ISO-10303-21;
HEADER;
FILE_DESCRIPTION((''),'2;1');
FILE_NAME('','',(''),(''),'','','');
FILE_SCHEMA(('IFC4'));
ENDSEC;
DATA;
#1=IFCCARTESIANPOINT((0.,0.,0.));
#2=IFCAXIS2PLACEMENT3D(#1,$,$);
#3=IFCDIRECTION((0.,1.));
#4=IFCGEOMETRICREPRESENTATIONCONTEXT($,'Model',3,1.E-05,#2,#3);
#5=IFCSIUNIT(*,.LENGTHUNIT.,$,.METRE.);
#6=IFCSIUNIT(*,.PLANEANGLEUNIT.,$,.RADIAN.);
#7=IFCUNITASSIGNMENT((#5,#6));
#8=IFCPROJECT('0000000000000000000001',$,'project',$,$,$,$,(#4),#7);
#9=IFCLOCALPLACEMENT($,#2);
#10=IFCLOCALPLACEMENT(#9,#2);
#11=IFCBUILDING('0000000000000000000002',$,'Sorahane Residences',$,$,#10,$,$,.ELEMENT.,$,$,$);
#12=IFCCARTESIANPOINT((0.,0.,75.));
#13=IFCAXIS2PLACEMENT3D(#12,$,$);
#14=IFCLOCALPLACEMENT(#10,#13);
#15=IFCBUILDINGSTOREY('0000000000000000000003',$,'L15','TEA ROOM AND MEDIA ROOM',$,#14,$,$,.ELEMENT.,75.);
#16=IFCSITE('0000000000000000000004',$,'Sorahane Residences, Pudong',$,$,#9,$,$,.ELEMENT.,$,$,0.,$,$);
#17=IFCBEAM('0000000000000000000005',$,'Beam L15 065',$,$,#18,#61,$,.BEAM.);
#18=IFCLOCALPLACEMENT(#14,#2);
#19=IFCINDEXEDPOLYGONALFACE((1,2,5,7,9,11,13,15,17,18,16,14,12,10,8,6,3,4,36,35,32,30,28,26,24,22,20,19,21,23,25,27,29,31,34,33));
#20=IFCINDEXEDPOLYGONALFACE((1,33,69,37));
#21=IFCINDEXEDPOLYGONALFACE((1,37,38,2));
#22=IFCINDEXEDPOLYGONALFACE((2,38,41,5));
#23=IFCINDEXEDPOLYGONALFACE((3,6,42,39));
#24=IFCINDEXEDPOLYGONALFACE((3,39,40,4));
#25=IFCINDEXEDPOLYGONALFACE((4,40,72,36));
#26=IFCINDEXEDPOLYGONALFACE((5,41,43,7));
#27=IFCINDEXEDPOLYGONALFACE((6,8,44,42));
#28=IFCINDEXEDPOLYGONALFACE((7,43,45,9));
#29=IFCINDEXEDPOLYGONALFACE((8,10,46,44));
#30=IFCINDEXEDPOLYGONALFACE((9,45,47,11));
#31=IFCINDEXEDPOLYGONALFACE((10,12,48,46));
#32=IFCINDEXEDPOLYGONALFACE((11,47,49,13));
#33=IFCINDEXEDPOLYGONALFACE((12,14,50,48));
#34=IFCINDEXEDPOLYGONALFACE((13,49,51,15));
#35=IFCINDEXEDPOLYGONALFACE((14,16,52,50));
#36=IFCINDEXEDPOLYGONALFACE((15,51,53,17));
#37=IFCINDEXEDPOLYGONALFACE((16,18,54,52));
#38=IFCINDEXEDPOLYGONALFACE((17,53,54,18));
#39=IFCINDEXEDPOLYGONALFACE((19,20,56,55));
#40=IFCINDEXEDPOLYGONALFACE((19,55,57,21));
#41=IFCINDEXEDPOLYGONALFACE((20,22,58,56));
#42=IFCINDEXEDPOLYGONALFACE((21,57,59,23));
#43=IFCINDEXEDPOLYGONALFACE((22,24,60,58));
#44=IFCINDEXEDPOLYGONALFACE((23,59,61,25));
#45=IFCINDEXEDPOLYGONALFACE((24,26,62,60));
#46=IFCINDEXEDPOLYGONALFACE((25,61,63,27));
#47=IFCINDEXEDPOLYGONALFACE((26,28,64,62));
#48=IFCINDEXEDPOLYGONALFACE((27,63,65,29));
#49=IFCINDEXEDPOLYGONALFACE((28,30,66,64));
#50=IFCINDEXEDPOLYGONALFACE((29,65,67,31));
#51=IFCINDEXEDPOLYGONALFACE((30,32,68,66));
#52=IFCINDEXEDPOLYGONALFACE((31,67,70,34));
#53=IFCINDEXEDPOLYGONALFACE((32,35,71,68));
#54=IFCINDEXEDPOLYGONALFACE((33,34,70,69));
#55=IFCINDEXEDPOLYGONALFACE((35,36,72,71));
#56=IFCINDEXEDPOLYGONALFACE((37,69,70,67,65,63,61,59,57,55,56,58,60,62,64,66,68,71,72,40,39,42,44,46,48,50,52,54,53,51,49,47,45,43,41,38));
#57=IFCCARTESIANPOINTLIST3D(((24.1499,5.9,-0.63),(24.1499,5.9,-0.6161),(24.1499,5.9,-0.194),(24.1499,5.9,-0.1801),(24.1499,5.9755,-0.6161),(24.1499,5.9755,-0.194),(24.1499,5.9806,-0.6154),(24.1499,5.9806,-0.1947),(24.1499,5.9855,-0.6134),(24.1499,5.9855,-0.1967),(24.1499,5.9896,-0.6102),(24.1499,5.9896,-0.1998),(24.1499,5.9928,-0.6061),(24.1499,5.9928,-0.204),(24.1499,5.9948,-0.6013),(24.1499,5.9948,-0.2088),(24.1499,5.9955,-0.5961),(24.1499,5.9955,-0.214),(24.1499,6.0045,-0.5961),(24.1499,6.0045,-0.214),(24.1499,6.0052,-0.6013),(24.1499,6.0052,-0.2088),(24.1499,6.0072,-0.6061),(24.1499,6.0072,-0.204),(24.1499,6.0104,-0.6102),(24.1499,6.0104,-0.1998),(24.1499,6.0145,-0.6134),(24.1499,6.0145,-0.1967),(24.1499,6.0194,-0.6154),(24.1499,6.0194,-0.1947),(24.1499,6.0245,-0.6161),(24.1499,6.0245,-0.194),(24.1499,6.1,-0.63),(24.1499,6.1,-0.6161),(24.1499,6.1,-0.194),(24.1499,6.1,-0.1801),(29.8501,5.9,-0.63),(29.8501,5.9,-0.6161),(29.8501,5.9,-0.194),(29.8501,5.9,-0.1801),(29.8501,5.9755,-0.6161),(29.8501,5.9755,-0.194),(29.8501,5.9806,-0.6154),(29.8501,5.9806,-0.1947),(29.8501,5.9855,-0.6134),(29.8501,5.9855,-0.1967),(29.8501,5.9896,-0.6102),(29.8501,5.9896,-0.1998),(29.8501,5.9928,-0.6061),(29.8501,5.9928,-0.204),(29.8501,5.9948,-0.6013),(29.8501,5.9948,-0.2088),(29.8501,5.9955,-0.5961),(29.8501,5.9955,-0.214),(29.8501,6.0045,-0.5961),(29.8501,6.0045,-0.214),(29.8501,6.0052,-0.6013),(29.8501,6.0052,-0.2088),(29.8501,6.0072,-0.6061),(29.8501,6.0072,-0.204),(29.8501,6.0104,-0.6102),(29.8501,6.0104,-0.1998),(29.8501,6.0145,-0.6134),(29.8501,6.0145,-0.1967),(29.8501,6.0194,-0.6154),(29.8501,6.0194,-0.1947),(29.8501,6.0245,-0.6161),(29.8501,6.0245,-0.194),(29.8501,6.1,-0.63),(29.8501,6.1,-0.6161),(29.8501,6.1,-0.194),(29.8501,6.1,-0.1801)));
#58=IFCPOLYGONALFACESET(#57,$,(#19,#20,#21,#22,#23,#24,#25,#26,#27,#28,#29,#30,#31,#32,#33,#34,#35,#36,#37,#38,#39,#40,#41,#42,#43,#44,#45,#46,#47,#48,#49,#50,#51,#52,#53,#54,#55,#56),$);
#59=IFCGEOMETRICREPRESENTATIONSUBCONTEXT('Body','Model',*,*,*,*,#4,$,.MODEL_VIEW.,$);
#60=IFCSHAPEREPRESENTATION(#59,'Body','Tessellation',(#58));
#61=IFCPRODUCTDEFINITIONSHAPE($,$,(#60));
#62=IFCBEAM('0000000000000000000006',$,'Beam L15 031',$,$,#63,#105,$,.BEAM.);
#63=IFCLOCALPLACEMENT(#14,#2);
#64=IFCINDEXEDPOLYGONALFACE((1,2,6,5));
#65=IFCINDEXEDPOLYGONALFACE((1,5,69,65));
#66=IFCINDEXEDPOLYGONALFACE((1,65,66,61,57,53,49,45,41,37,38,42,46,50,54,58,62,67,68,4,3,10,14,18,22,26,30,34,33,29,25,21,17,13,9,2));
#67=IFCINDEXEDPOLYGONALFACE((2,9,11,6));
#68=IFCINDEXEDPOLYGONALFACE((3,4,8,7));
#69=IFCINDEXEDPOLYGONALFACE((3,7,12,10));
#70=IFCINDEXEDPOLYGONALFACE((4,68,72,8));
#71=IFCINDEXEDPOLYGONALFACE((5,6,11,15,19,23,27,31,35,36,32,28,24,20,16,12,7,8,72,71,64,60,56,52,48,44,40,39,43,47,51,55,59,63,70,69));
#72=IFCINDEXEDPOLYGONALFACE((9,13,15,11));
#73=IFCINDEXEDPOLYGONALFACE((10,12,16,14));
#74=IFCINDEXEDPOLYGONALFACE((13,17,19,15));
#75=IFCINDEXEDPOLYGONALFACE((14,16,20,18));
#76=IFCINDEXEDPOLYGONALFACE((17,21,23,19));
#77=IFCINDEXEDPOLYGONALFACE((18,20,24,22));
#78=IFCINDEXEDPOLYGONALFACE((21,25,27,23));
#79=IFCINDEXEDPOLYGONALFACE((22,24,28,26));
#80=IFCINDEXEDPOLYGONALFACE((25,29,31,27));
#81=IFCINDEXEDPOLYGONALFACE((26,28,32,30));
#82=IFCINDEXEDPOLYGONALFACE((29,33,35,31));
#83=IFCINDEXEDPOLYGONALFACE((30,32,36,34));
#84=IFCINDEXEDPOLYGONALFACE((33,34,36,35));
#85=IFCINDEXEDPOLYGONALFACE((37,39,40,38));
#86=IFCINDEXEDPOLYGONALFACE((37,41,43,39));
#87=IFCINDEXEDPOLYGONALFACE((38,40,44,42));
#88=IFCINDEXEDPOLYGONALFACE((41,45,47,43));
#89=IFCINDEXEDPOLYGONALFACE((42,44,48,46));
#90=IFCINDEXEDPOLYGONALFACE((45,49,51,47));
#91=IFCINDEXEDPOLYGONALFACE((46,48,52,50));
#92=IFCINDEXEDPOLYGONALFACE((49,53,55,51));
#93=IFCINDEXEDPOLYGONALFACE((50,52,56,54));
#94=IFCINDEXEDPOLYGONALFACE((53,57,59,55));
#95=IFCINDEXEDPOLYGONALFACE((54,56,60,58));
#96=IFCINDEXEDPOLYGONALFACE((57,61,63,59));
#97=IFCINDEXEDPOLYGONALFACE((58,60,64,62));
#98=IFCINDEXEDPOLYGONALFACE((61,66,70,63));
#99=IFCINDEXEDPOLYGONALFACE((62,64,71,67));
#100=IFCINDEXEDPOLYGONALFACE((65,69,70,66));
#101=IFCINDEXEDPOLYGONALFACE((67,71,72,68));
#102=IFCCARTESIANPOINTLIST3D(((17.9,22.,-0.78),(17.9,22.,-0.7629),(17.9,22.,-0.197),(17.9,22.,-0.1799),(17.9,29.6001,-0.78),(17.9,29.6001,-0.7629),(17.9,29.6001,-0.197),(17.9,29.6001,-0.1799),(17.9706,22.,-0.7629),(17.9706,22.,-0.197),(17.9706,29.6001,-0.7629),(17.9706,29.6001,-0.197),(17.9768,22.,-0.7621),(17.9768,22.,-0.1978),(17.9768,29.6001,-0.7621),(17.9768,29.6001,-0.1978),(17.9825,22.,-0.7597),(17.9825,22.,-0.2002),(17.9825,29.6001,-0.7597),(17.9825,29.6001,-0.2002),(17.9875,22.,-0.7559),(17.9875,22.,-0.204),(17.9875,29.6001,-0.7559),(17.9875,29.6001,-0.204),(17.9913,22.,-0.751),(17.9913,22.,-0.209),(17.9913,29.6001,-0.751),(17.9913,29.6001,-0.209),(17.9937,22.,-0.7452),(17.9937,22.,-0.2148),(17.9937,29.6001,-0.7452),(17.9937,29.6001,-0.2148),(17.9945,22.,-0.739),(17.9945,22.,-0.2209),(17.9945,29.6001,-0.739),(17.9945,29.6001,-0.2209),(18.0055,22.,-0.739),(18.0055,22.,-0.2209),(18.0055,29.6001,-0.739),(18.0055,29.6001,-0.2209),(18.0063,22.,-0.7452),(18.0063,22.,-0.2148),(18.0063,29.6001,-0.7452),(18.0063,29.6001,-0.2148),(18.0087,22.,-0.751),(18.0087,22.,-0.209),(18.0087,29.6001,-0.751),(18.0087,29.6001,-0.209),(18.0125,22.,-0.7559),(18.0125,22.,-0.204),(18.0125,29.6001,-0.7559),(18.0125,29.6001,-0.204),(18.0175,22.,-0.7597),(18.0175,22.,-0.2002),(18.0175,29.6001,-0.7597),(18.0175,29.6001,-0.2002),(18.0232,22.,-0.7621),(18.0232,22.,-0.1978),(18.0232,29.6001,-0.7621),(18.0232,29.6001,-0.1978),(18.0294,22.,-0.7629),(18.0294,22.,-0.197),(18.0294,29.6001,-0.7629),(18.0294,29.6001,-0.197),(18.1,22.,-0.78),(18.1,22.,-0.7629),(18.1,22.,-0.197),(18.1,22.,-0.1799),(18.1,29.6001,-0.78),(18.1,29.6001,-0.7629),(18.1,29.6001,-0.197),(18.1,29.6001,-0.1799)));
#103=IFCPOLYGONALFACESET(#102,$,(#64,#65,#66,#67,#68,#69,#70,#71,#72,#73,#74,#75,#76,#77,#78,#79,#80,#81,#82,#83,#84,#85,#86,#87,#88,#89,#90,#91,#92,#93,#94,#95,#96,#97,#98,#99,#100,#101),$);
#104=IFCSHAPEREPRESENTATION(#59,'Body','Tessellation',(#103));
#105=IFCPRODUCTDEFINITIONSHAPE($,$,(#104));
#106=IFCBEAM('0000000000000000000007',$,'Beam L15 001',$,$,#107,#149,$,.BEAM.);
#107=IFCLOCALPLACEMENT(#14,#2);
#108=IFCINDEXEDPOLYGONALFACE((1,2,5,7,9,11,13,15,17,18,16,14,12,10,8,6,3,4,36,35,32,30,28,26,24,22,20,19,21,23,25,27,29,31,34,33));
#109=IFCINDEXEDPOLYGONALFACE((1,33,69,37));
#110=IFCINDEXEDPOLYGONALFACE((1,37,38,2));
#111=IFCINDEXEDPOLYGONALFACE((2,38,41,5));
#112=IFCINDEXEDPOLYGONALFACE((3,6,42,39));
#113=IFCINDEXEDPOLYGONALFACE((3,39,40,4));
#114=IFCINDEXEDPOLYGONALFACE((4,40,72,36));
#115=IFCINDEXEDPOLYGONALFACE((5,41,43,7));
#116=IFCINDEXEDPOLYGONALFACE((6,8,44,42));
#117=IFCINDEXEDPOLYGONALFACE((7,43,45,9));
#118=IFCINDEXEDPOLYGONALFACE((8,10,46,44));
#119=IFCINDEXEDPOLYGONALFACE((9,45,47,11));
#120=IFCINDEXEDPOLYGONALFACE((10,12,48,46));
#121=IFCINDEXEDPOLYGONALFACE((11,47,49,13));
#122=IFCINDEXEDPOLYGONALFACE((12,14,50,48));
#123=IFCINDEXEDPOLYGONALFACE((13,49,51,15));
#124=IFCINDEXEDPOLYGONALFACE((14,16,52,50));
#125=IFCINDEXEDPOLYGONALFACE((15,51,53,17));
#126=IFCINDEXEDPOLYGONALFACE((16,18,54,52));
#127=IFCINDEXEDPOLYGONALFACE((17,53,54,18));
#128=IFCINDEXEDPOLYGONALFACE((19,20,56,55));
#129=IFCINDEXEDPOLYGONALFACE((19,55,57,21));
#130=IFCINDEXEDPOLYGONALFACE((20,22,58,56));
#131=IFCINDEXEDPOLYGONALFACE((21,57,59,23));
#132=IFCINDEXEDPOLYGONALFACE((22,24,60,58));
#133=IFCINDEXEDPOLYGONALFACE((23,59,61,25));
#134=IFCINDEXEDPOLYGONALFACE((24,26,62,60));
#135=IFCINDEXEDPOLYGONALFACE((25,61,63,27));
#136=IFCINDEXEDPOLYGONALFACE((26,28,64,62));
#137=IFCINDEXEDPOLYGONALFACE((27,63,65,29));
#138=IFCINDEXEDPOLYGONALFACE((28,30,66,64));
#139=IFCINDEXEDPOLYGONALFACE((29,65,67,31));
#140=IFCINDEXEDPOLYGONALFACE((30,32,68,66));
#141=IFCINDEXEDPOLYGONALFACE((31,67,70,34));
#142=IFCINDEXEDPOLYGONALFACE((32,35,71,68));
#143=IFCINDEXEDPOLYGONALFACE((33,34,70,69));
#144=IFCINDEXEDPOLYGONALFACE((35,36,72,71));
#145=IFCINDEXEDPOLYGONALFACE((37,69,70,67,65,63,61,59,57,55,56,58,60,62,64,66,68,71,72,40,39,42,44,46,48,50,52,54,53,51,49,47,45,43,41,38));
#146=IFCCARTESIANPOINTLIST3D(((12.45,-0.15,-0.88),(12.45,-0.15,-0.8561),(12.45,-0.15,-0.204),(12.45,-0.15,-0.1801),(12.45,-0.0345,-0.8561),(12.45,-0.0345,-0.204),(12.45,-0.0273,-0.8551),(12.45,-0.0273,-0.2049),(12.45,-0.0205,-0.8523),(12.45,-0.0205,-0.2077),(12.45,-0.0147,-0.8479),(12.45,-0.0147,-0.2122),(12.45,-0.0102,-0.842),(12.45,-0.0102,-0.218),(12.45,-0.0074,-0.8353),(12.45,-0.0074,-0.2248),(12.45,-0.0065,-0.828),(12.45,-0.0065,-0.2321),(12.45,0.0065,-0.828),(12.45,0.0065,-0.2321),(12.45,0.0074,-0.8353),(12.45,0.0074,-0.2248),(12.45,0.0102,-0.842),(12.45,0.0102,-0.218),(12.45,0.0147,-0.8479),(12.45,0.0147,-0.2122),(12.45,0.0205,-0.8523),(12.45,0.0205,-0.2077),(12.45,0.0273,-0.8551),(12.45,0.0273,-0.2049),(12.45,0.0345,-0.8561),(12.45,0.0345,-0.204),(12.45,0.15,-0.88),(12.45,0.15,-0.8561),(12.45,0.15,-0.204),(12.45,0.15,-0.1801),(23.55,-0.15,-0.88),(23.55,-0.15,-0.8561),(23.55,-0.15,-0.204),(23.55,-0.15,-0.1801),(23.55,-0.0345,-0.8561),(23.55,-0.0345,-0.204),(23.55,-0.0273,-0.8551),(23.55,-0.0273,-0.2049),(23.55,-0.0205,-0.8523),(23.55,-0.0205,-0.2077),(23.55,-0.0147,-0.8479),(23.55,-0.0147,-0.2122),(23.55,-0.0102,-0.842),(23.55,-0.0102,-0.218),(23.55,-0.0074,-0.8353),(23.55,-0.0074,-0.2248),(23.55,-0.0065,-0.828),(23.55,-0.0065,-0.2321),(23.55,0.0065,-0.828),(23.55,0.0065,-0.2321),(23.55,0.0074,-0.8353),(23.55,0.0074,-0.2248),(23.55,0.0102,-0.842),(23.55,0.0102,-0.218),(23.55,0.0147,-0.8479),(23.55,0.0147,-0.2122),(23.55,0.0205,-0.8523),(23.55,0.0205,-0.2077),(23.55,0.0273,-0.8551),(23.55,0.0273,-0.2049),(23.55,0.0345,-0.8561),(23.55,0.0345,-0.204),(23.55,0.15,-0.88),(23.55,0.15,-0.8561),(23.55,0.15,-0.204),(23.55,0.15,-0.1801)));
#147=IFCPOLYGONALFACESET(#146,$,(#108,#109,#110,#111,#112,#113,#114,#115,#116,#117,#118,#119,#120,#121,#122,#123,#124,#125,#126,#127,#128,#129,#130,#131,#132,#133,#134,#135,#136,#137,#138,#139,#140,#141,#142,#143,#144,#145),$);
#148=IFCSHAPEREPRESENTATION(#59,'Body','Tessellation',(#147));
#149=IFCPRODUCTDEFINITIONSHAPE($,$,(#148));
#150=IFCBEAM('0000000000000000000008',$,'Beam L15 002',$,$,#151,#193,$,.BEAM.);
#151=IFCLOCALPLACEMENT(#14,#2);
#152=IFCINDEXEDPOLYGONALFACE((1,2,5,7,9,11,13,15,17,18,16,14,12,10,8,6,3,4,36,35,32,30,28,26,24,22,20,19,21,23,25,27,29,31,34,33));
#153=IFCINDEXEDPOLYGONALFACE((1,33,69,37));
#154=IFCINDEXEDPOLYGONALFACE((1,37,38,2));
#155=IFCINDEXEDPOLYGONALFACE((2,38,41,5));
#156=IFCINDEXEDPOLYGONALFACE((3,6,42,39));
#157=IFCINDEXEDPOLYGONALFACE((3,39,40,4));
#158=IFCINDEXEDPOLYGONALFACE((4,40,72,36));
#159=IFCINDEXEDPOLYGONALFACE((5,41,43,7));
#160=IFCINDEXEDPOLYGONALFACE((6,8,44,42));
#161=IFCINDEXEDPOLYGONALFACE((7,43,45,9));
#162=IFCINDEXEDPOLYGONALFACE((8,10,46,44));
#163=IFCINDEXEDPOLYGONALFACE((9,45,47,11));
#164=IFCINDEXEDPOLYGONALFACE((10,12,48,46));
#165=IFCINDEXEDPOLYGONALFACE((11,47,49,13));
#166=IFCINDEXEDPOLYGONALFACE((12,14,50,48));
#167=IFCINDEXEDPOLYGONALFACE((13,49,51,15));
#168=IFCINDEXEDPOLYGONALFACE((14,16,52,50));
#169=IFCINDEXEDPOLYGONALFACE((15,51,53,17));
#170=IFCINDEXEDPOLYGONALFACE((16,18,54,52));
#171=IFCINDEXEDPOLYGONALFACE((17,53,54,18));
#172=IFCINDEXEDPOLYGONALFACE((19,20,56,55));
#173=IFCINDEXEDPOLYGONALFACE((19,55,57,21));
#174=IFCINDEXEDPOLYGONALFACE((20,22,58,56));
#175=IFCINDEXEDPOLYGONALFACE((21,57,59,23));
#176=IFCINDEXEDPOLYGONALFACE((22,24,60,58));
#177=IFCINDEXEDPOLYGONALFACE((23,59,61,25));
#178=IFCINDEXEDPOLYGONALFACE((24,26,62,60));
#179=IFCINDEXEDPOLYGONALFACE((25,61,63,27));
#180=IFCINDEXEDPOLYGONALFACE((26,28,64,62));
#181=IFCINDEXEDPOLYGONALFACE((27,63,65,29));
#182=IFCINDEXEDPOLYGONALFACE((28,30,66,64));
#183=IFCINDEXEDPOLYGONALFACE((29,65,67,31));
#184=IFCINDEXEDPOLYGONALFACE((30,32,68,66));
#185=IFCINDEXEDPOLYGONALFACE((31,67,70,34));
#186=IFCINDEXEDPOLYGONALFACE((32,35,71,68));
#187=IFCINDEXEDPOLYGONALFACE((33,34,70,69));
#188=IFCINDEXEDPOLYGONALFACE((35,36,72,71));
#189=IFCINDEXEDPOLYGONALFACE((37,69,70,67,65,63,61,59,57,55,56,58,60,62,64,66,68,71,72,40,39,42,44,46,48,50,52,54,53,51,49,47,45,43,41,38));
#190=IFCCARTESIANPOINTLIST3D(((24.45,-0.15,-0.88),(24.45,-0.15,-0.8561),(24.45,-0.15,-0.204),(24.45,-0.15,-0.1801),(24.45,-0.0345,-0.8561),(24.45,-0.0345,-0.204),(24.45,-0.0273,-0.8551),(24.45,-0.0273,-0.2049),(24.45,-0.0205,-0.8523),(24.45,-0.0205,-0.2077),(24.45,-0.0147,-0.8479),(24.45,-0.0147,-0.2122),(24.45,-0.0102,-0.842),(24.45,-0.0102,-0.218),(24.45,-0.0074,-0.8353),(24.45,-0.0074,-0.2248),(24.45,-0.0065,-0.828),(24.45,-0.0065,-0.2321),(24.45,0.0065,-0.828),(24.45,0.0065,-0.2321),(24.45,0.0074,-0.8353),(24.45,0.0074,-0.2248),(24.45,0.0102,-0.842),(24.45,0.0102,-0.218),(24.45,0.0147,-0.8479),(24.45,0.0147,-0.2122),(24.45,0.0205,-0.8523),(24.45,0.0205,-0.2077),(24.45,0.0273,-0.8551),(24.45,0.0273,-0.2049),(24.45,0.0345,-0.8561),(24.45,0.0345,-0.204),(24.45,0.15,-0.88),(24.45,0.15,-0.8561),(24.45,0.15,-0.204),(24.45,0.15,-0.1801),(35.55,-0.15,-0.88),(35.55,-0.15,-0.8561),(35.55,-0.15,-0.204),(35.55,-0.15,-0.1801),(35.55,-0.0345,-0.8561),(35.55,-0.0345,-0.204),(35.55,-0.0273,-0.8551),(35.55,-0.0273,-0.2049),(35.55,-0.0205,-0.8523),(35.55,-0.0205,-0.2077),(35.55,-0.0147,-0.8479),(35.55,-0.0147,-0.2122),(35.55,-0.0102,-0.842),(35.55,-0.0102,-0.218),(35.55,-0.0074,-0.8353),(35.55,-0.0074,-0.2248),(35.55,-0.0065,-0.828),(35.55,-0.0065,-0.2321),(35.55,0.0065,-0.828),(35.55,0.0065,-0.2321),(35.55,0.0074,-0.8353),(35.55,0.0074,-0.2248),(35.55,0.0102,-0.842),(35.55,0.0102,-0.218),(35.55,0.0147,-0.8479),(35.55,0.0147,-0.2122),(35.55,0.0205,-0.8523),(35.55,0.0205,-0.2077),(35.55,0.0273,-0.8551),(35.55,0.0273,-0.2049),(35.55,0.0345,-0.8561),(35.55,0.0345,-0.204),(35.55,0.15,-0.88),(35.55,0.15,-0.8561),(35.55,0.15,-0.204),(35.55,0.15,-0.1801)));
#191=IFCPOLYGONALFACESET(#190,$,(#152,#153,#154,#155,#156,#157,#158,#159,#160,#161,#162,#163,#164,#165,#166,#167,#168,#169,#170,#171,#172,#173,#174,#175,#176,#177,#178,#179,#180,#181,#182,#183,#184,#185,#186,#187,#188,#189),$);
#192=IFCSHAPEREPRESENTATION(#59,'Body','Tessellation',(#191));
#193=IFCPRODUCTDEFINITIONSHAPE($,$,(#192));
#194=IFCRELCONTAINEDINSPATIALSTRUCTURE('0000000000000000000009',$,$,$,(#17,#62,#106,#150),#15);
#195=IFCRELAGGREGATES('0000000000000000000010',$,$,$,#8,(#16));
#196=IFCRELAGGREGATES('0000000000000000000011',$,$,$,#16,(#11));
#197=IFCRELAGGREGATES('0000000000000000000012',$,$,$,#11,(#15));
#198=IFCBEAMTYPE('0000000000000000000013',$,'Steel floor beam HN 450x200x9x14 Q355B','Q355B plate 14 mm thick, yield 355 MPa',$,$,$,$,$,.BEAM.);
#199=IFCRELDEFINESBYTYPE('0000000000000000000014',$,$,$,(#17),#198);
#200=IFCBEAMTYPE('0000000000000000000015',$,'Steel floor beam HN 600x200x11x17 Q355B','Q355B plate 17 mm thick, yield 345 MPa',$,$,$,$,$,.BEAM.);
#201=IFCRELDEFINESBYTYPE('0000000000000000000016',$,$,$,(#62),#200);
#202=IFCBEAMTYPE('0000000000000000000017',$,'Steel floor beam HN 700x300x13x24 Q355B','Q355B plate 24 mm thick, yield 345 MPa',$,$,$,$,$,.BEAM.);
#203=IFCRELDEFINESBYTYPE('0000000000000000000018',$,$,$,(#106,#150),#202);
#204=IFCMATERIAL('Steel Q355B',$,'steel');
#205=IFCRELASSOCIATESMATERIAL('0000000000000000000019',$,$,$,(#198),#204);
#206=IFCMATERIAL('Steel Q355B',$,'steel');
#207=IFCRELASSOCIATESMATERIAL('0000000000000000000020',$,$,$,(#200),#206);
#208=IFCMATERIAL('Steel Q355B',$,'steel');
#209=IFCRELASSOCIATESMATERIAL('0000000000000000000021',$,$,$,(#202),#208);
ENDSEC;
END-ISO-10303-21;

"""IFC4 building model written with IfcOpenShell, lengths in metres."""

from ifc_helpers import new_model, si_unit, direction, frame, origin, origin_2d, place, context, subcontext, project, spatial, i_section, extrude, material, material_profile, profile_set, type_object, element, save


model = new_model("IFC4")

# Units and contexts
model_context = context("Model", 3, precision=1e-05, world=origin(), true_north=direction((0.0, 1.0)))
body_context = subcontext(model_context, "Body", "Model", "MODEL_VIEW")
ifc_project = project(units=[si_unit("LENGTHUNIT", "METRE"), si_unit("PLANEANGLEUNIT", "RADIAN")], contexts=[model_context])

# Site, building, storey
site_placement = place(None, origin())
site = spatial("IfcSite", under=ifc_project, at=site_placement, Name="Sorahane Residences, Pudong", CompositionType="ELEMENT", RefElevation=0.0)
building_placement = place(site_placement, origin())
building = spatial("IfcBuilding", under=site, at=building_placement, Name="Sorahane Residences", CompositionType="ELEMENT")
storey_placement = place(building_placement, frame((0.0, 0.0, 75.0)))
storey = spatial("IfcBuildingStorey", under=building, at=storey_placement, Name="L15", Description="TEA ROOM AND MEDIA ROOM", CompositionType="ELEMENT", Elevation=75.0)

# Beams
ifc_material_1 = material(Name="Steel Q355B", Category="steel")
ifc_material_profile_1 = material_profile(ifc_material_1, i_section(OverallWidth=0.2, OverallDepth=0.45, WebThickness=0.009, FlangeThickness=0.0139, FilletRadius=0.02, at=origin_2d()), Name="HN 450x200x9x14")
ifc_profile_set_1 = profile_set([ifc_material_profile_1], Name="Steel Q355B")
beam_type_1 = type_object("IfcBeamType", Name="Steel floor beam HN 450x200x9x14 Q355B", Description="Q355B plate 14 mm thick, yield 355 MPa", PredefinedType="BEAM", material=ifc_profile_set_1)
for number, where, z_axis, x_axis, name in (
    (1, (24.1499, 6.0, -0.405), (1.0, 0.0, 0.0), (0.0, 1.0, 0.0), "Beam L15 065"),
):
    element("IfcBeam", number, at=place(storey_placement, frame(where, z_axis=z_axis, x_axis=x_axis)), inside=storey, type_object=beam_type_1, Name=name, PredefinedType="BEAM", context=body_context, shape_type="SweptSolid", body=[
        extrude(i_section(OverallWidth=0.2, OverallDepth=0.45, WebThickness=0.009, FlangeThickness=0.0139, FilletRadius=0.02, at=origin_2d()), origin(), (0.0, 0.0, 1.0), 5.7002),
    ])
ifc_material_2 = material(Name="Steel Q355B", Category="steel")
ifc_material_profile_2 = material_profile(ifc_material_2, i_section(OverallWidth=0.2, OverallDepth=0.6001, WebThickness=0.011, FlangeThickness=0.0171, FilletRadius=0.0239, at=origin_2d()), Name="HN 600x200x11x17")
ifc_profile_set_2 = profile_set([ifc_material_profile_2], Name="Steel Q355B")
beam_type_2 = type_object("IfcBeamType", Name="Steel floor beam HN 600x200x11x17 Q355B", Description="Q355B plate 17 mm thick, yield 345 MPa", PredefinedType="BEAM", material=ifc_profile_set_2)
beam_1_placement = place(storey_placement, frame((18.0, 22.0, -0.48), z_axis=(0.0, 1.0, 0.0), x_axis=(-1.0, 0.0, 0.0)))
element("IfcBeam", 2, at=beam_1_placement, inside=storey, type_object=beam_type_2, Name="Beam L15 031", PredefinedType="BEAM", context=body_context, shape_type="SweptSolid", body=[
    extrude(i_section(OverallWidth=0.2, OverallDepth=0.6001, WebThickness=0.011, FlangeThickness=0.0171, FilletRadius=0.0239, at=origin_2d()), origin(), (0.0, 0.0, 1.0), 7.6001),
])
ifc_material_3 = material(Name="Steel Q355B", Category="steel")
ifc_material_profile_3 = material_profile(ifc_material_3, i_section(OverallWidth=0.3, OverallDepth=0.7, WebThickness=0.0129, FlangeThickness=0.0239, FilletRadius=0.0281, at=origin_2d()), Name="HN 700x300x13x24")
ifc_profile_set_3 = profile_set([ifc_material_profile_3], Name="Steel Q355B")
beam_type_3 = type_object("IfcBeamType", Name="Steel floor beam HN 700x300x13x24 Q355B", Description="Q355B plate 24 mm thick, yield 345 MPa", PredefinedType="BEAM", material=ifc_profile_set_3)
for number, where, z_axis, x_axis, name in (
    (3, (12.45, 0.0, -0.53), (1.0, 0.0, 0.0), (0.0, 1.0, 0.0), "Beam L15 001"),
    (4, (24.45, 0.0, -0.53), (1.0, 0.0, 0.0), (0.0, 1.0, 0.0), "Beam L15 002"),
):
    element("IfcBeam", number, at=place(storey_placement, frame(where, z_axis=z_axis, x_axis=x_axis)), inside=storey, type_object=beam_type_3, Name=name, PredefinedType="BEAM", context=body_context, shape_type="SweptSolid", body=[
        extrude(i_section(OverallWidth=0.3, OverallDepth=0.7, WebThickness=0.0129, FlangeThickness=0.0239, FilletRadius=0.0281, at=origin_2d()), origin(), (0.0, 0.0, 1.0), 11.1001),
    ])

save(model, "model.ifc")
